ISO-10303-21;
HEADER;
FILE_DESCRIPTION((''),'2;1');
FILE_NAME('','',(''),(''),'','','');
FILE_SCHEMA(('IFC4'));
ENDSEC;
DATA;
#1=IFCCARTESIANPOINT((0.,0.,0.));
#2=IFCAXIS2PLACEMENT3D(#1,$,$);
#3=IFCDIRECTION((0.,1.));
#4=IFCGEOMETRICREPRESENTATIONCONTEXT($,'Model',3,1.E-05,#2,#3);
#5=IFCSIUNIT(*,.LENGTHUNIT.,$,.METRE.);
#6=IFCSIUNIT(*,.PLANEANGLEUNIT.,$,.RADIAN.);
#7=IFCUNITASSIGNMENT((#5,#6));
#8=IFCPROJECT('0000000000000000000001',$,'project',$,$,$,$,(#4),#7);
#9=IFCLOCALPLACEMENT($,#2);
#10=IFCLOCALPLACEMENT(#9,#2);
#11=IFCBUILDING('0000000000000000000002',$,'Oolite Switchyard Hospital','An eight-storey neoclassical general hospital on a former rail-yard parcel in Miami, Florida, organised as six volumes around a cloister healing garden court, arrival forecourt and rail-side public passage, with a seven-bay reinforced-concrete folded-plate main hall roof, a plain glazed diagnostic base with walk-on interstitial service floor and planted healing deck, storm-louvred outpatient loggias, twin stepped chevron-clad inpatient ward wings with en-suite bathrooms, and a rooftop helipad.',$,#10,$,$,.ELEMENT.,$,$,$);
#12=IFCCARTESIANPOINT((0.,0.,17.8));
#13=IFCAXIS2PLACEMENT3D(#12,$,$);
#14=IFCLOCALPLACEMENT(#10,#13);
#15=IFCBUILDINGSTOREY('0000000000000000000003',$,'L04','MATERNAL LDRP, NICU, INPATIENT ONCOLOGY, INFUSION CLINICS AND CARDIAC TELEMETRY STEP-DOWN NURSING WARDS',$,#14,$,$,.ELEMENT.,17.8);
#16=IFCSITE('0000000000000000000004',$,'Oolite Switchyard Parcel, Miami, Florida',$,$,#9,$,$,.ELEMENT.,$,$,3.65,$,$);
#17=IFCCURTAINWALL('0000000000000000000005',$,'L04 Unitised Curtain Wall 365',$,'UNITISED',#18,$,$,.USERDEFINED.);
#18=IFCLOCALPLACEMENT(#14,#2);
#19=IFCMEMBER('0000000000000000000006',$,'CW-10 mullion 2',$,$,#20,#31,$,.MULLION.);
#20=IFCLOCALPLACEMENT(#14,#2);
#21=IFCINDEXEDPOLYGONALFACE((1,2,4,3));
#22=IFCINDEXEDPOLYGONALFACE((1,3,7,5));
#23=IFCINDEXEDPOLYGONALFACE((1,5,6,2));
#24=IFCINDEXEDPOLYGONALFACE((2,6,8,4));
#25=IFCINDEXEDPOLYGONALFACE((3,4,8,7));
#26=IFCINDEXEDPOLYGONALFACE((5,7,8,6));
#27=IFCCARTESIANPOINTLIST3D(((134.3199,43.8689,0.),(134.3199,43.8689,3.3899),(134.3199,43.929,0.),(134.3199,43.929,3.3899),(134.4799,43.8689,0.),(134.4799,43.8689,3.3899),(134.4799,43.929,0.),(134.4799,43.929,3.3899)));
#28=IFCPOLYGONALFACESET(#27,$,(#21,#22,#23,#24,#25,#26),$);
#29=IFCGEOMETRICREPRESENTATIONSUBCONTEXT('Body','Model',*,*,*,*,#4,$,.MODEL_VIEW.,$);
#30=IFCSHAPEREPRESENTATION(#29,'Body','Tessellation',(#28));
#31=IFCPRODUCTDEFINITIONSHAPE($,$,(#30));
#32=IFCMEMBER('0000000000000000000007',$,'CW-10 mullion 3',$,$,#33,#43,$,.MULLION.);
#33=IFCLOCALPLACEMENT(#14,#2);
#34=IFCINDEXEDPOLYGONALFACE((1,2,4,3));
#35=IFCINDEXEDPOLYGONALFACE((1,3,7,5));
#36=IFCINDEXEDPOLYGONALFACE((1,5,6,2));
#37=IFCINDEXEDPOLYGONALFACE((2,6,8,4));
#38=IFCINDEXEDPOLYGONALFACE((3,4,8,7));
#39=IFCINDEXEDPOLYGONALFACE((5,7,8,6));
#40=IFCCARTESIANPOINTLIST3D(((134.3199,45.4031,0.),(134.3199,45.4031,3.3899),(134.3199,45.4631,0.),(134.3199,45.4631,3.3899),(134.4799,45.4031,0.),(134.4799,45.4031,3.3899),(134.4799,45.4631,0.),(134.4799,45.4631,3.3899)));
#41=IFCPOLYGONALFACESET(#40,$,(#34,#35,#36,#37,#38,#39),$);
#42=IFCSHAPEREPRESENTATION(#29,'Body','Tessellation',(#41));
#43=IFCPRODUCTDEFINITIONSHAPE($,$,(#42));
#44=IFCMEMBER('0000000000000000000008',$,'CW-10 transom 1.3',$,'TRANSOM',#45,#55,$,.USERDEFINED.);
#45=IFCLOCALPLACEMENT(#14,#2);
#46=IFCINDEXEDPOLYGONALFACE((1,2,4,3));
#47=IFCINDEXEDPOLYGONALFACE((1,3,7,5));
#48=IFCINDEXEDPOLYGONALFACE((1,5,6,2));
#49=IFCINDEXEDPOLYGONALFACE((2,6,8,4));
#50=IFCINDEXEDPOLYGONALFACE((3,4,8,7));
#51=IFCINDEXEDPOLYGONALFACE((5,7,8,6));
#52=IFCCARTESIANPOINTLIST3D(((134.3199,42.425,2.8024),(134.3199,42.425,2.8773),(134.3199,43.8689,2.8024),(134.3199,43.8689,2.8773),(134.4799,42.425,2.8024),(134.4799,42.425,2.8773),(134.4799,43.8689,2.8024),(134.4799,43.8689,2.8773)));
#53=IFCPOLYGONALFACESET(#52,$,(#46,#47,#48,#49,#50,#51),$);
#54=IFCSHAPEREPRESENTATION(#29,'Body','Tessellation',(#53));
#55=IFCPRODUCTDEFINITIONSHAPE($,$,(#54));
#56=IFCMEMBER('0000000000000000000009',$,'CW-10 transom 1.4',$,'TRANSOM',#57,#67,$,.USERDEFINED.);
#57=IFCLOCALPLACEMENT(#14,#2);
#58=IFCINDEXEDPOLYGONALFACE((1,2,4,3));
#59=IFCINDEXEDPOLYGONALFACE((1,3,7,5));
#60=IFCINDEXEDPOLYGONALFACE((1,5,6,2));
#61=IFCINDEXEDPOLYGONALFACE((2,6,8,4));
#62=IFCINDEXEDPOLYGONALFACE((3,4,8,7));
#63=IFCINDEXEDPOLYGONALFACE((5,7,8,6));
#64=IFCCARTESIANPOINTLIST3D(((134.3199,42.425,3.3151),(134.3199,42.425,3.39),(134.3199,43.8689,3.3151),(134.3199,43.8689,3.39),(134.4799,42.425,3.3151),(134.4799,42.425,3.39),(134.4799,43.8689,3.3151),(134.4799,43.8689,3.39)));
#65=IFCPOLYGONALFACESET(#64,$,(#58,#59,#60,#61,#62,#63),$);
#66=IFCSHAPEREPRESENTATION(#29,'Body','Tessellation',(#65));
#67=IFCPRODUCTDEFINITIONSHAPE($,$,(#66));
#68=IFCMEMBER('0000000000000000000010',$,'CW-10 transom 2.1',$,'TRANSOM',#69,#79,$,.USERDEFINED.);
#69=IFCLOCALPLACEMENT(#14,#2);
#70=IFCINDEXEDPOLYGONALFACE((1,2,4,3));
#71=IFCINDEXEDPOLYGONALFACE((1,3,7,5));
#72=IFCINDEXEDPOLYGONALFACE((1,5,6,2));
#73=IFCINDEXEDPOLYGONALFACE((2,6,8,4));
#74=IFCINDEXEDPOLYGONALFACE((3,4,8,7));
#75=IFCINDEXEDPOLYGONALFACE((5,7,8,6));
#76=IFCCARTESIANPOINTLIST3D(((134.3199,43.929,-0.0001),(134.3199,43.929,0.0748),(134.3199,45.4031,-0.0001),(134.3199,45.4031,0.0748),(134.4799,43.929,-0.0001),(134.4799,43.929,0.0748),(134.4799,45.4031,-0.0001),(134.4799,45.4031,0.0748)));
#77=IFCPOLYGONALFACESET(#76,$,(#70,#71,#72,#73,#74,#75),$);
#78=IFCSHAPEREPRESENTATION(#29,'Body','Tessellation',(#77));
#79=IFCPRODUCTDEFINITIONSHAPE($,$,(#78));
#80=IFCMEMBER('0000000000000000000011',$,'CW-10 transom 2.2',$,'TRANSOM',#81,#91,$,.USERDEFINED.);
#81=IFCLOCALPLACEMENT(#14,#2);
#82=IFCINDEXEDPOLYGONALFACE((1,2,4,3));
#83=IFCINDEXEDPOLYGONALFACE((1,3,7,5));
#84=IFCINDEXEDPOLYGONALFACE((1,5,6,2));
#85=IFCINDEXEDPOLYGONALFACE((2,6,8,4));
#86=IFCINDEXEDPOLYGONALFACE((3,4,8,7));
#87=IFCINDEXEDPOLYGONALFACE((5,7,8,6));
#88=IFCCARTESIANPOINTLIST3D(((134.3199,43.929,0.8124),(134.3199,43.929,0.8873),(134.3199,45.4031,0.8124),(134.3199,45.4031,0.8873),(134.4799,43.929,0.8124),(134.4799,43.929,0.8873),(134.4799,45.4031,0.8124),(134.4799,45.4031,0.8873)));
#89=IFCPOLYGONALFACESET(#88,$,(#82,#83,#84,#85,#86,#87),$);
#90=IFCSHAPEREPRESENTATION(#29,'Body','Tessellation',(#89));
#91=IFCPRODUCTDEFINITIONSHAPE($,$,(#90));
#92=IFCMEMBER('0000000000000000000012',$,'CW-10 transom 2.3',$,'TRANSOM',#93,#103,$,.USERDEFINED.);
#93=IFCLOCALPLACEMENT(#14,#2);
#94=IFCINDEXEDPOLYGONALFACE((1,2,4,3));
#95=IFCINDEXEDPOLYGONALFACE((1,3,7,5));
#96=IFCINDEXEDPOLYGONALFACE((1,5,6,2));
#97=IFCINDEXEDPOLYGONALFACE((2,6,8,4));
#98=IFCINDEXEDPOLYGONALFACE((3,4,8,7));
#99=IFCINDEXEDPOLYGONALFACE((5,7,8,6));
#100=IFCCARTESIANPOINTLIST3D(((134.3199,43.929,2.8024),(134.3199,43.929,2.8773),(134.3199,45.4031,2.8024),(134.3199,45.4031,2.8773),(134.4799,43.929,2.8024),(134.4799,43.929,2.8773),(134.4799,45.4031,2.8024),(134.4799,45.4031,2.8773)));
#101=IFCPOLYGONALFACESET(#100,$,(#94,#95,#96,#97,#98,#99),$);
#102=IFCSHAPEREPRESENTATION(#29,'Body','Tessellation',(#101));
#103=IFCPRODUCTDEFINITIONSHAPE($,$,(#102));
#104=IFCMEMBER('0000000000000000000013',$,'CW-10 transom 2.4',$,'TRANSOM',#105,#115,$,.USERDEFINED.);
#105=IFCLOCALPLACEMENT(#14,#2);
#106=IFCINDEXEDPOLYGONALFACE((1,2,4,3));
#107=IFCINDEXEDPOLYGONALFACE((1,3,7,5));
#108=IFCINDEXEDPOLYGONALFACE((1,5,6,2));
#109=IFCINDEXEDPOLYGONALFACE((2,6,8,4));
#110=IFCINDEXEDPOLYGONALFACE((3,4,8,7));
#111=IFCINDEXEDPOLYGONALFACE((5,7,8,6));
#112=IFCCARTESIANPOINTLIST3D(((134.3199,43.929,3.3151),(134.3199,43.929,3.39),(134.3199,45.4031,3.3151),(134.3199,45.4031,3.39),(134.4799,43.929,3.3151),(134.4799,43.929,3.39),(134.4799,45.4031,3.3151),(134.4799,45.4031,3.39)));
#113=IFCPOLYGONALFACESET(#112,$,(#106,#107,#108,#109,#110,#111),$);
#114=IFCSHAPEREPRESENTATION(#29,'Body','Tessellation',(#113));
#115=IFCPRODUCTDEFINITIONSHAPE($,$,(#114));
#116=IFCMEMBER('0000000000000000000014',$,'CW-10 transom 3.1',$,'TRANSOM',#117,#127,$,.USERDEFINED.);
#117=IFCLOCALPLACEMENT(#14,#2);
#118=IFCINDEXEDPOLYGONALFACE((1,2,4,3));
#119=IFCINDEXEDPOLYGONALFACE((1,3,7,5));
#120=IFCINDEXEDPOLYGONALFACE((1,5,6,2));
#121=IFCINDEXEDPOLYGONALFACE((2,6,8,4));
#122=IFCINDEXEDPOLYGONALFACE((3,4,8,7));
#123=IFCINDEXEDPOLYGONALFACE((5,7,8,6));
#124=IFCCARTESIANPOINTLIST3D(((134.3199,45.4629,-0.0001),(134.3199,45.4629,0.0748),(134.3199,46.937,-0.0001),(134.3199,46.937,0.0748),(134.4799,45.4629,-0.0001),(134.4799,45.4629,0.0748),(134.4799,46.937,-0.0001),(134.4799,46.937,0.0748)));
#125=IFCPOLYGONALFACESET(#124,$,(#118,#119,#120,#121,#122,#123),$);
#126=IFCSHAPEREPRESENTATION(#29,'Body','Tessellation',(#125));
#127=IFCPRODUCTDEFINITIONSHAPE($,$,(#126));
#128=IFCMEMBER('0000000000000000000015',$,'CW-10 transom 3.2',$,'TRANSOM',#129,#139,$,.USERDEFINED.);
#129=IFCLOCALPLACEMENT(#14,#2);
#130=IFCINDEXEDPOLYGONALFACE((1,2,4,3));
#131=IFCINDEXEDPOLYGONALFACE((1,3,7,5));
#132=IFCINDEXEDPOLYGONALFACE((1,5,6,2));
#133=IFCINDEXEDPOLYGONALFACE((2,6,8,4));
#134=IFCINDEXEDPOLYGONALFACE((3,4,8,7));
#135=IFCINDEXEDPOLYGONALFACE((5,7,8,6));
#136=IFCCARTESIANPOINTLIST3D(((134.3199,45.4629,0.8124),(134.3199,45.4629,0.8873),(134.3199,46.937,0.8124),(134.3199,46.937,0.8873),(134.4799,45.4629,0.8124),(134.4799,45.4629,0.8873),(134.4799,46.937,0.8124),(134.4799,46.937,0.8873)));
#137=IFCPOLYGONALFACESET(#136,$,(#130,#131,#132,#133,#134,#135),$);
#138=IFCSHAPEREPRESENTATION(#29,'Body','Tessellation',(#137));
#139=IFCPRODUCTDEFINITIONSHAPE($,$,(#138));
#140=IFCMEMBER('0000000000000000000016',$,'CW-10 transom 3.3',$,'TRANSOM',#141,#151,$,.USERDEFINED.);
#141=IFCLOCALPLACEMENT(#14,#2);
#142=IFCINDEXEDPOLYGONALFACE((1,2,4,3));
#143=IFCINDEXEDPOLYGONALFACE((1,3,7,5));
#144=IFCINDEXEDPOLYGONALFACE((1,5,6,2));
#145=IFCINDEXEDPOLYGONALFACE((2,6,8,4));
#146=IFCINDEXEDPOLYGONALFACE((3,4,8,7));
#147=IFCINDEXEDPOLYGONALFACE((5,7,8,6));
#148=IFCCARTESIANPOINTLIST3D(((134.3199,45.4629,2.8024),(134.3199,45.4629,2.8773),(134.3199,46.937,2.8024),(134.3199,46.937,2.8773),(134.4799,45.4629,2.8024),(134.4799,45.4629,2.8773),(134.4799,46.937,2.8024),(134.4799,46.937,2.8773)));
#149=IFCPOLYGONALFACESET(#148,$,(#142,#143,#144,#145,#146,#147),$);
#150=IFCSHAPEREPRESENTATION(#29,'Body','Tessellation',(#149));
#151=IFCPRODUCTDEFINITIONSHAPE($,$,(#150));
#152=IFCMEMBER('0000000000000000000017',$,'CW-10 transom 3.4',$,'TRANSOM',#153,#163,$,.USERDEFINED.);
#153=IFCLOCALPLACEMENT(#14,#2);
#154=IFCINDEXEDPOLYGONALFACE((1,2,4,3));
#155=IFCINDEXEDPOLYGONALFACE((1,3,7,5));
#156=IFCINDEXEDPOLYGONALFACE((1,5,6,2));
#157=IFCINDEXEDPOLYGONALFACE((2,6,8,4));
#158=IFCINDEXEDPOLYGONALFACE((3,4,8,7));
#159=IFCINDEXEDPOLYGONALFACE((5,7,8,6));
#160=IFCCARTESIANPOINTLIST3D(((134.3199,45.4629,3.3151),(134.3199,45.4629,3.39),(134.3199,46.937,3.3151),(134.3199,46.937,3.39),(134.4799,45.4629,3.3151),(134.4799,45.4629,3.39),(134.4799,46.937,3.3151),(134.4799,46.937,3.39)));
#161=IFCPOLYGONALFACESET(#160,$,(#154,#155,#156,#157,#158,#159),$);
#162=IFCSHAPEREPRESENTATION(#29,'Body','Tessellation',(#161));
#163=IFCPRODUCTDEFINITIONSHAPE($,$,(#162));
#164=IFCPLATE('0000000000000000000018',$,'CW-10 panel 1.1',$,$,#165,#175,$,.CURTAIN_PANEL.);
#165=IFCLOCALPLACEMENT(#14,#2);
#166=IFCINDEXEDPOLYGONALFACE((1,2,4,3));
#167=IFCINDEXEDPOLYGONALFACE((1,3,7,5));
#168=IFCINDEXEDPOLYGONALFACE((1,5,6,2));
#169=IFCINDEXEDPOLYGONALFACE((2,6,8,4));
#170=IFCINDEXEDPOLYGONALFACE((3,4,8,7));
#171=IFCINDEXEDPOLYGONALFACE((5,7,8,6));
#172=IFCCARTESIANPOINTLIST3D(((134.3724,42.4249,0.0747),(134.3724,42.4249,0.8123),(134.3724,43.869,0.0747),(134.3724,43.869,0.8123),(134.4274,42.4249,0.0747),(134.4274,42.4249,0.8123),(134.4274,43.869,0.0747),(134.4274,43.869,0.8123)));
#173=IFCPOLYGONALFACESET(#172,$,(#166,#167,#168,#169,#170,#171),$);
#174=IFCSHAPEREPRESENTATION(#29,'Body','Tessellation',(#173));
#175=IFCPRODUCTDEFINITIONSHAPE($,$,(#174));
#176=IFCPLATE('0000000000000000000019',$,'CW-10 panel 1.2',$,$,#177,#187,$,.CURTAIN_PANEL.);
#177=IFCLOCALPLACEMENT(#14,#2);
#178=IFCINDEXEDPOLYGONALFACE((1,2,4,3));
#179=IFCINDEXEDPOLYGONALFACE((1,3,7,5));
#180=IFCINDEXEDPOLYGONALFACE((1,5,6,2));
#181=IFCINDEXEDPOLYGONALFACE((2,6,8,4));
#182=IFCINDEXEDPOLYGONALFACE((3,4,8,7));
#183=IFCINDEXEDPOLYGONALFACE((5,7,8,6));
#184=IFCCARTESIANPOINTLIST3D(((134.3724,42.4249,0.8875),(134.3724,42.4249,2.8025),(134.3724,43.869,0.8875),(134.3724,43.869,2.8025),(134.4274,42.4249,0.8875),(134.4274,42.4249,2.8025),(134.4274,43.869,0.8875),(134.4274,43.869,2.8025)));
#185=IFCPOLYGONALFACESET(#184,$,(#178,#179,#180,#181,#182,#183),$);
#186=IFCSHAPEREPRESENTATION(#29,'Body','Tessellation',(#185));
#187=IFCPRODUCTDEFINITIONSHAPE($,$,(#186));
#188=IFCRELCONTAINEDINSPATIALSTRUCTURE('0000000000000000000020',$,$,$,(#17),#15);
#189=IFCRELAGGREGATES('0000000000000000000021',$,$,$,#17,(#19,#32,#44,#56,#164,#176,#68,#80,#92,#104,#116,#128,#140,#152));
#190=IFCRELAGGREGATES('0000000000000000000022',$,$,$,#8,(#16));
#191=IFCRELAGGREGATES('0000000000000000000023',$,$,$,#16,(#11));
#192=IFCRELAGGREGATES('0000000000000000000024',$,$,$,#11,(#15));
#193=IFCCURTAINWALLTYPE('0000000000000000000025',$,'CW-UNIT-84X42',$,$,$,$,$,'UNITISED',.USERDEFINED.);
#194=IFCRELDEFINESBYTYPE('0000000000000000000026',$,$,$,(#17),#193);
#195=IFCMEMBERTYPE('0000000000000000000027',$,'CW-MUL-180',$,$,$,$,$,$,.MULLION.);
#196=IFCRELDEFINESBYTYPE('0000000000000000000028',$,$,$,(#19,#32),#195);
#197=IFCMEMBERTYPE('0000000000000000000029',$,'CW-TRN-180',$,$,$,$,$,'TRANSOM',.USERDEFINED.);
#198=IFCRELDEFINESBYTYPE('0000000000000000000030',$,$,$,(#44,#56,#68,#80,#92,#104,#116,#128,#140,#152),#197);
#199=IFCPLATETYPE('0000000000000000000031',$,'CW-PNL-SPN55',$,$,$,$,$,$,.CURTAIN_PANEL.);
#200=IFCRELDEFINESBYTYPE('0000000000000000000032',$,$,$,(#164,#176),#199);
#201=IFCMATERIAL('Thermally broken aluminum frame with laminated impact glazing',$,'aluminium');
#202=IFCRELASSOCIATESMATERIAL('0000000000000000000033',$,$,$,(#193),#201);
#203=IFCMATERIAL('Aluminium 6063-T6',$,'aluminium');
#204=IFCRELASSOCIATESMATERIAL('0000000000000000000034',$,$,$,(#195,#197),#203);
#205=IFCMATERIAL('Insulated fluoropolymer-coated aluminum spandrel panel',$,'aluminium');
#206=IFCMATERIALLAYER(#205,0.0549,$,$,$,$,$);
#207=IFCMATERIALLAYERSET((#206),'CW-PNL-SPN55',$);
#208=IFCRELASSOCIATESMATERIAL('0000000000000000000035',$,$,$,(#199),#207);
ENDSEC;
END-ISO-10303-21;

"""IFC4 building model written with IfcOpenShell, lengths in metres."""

from ifc_helpers import new_model, si_unit, direction, frame, origin, origin_2d, place, context, subcontext, project, spatial, rectangle, extrude, material, layer, layer_set, material_profile, profile_set, type_object, element, aggregate, save


model = new_model("IFC4")

# Units and contexts
model_context = context("Model", 3, precision=1e-05, world=origin(), true_north=direction((0.0, 1.0)))
body_context = subcontext(model_context, "Body", "Model", "MODEL_VIEW")
ifc_project = project(units=[si_unit("LENGTHUNIT", "METRE"), si_unit("PLANEANGLEUNIT", "RADIAN")], contexts=[model_context])

# Site, building, storey
site_placement = place(None, origin())
site = spatial("IfcSite", under=ifc_project, at=site_placement, Name="Oolite Switchyard Parcel, Miami, Florida", CompositionType="ELEMENT", RefElevation=3.65)
building_placement = place(site_placement, origin())
building = spatial("IfcBuilding", under=site, at=building_placement, Name="Oolite Switchyard Hospital", Description="An eight-storey neoclassical general hospital on a former rail-yard parcel in Miami, Florida, organised as six volumes around a cloister healing garden court, arrival forecourt and rail-side public passage, with a seven-bay reinforced-concrete folded-plate main hall roof, a plain glazed diagnostic base with walk-on interstitial service floor and planted healing deck, storm-louvred outpatient loggias, twin stepped chevron-clad inpatient ward wings with en-suite bathrooms, and a rooftop helipad.", CompositionType="ELEMENT")
storey_placement = place(building_placement, frame((0.0, 0.0, 17.8)))
storey = spatial("IfcBuildingStorey", under=building, at=storey_placement, Name="L04", Description="MATERNAL LDRP, NICU, INPATIENT ONCOLOGY, INFUSION CLINICS AND CARDIAC TELEMETRY STEP-DOWN NURSING WARDS", CompositionType="ELEMENT", Elevation=17.8)

# Curtain wall, members, plates
ifc_material_1 = material(Name="Thermally broken aluminum frame with laminated impact glazing", Category="aluminium")
curtain_wall_type = type_object("IfcCurtainWallType", Name="CW-UNIT-84X42", ElementType="UNITISED", PredefinedType="USERDEFINED", material=ifc_material_1)
curtain_wall_placement = place(storey_placement, origin())
curtain_wall = element("IfcCurtainWall", 1, at=curtain_wall_placement, inside=storey, type_object=curtain_wall_type, Name="L04 Unitised Curtain Wall 365", ObjectType="UNITISED", PredefinedType="USERDEFINED")
ifc_material_2 = material(Name="Aluminium 6063-T6", Category="aluminium")
ifc_material_profile_1 = material_profile(ifc_material_2, rectangle(XDim=0.1599, YDim=0.0601, at=origin_2d()), Name="CWM60X160")
ifc_profile_set_1 = profile_set([ifc_material_profile_1], Name="Aluminium 6063-T6")
member_type_1 = type_object("IfcMemberType", Name="CW-MUL-180", PredefinedType="MULLION", material=ifc_profile_set_1)
member_1_placement = place(storey_placement, frame((134.3999, 43.8989, 0.0), z_axis=(0.0, 0.0, 1.0), x_axis=(-1.0, 0.0, 0.0)))
member_1 = element("IfcMember", 2, at=member_1_placement, type_object=member_type_1, Name="CW-10 mullion 2", PredefinedType="MULLION", context=body_context, shape_type="SweptSolid", body=[
    extrude(rectangle(XDim=0.1599, YDim=0.0601, at=origin_2d()), origin(), (0.0, 0.0, 1.0), 3.3899),
])
member_2_placement = place(storey_placement, frame((134.3999, 45.4331, 0.0), z_axis=(0.0, 0.0, 1.0), x_axis=(-1.0, 0.0, 0.0)))
member_2 = element("IfcMember", 3, at=member_2_placement, type_object=member_type_1, Name="CW-10 mullion 3", PredefinedType="MULLION", context=body_context, shape_type="SweptSolid", body=[
    extrude(rectangle(XDim=0.1599, YDim=0.0601, at=origin_2d()), origin(), (0.0, 0.0, 1.0), 3.3899),
])
ifc_material_profile_2 = material_profile(ifc_material_2, rectangle(XDim=0.1599, YDim=0.075, at=origin_2d()), Name="CWT75X160")
ifc_profile_set_2 = profile_set([ifc_material_profile_2], Name="Aluminium 6063-T6")
member_type_2 = type_object("IfcMemberType", Name="CW-TRN-180", ElementType="TRANSOM", PredefinedType="USERDEFINED", material=ifc_profile_set_2)
member_3_placement = place(storey_placement, frame((134.3999, 42.425, 2.8398), z_axis=(0.0, 1.0, 0.0), x_axis=(-1.0, 0.0, 0.0)))
member_3 = element("IfcMember", 4, at=member_3_placement, type_object=member_type_2, Name="CW-10 transom 1.3", ObjectType="TRANSOM", PredefinedType="USERDEFINED", context=body_context, shape_type="SweptSolid", body=[
    extrude(rectangle(XDim=0.1599, YDim=0.075, at=origin_2d()), origin(), (0.0, 0.0, 1.0), 1.4438),
])
member_4_placement = place(storey_placement, frame((134.3999, 42.425, 3.3525), z_axis=(0.0, 1.0, 0.0), x_axis=(-1.0, 0.0, 0.0)))
member_4 = element("IfcMember", 5, at=member_4_placement, type_object=member_type_2, Name="CW-10 transom 1.4", ObjectType="TRANSOM", PredefinedType="USERDEFINED", context=body_context, shape_type="SweptSolid", body=[
    extrude(rectangle(XDim=0.1599, YDim=0.075, at=origin_2d()), origin(), (0.0, 0.0, 1.0), 1.4438),
])
member_5_placement = place(storey_placement, frame((134.3999, 43.929, 0.0374), z_axis=(0.0, 1.0, 0.0), x_axis=(-1.0, 0.0, 0.0)))
member_5 = element("IfcMember", 6, at=member_5_placement, type_object=member_type_2, Name="CW-10 transom 2.1", ObjectType="TRANSOM", PredefinedType="USERDEFINED", context=body_context, shape_type="SweptSolid", body=[
    extrude(rectangle(XDim=0.1599, YDim=0.075, at=origin_2d()), origin(), (0.0, 0.0, 1.0), 1.4741),
])
member_6_placement = place(storey_placement, frame((134.3999, 43.929, 0.8499), z_axis=(0.0, 1.0, 0.0), x_axis=(-1.0, 0.0, 0.0)))
member_6 = element("IfcMember", 7, at=member_6_placement, type_object=member_type_2, Name="CW-10 transom 2.2", ObjectType="TRANSOM", PredefinedType="USERDEFINED", context=body_context, shape_type="SweptSolid", body=[
    extrude(rectangle(XDim=0.1599, YDim=0.075, at=origin_2d()), origin(), (0.0, 0.0, 1.0), 1.4741),
])
member_7_placement = place(storey_placement, frame((134.3999, 43.929, 2.8398), z_axis=(0.0, 1.0, 0.0), x_axis=(-1.0, 0.0, 0.0)))
member_7 = element("IfcMember", 8, at=member_7_placement, type_object=member_type_2, Name="CW-10 transom 2.3", ObjectType="TRANSOM", PredefinedType="USERDEFINED", context=body_context, shape_type="SweptSolid", body=[
    extrude(rectangle(XDim=0.1599, YDim=0.075, at=origin_2d()), origin(), (0.0, 0.0, 1.0), 1.4741),
])
member_8_placement = place(storey_placement, frame((134.3999, 43.929, 3.3525), z_axis=(0.0, 1.0, 0.0), x_axis=(-1.0, 0.0, 0.0)))
member_8 = element("IfcMember", 9, at=member_8_placement, type_object=member_type_2, Name="CW-10 transom 2.4", ObjectType="TRANSOM", PredefinedType="USERDEFINED", context=body_context, shape_type="SweptSolid", body=[
    extrude(rectangle(XDim=0.1599, YDim=0.075, at=origin_2d()), origin(), (0.0, 0.0, 1.0), 1.4741),
])
member_9_placement = place(storey_placement, frame((134.3999, 45.4629, 0.0374), z_axis=(0.0, 1.0, 0.0), x_axis=(-1.0, 0.0, 0.0)))
member_9 = element("IfcMember", 10, at=member_9_placement, type_object=member_type_2, Name="CW-10 transom 3.1", ObjectType="TRANSOM", PredefinedType="USERDEFINED", context=body_context, shape_type="SweptSolid", body=[
    extrude(rectangle(XDim=0.1599, YDim=0.075, at=origin_2d()), origin(), (0.0, 0.0, 1.0), 1.4741),
])
member_10_placement = place(storey_placement, frame((134.3999, 45.4629, 0.8499), z_axis=(0.0, 1.0, 0.0), x_axis=(-1.0, 0.0, 0.0)))
member_10 = element("IfcMember", 11, at=member_10_placement, type_object=member_type_2, Name="CW-10 transom 3.2", ObjectType="TRANSOM", PredefinedType="USERDEFINED", context=body_context, shape_type="SweptSolid", body=[
    extrude(rectangle(XDim=0.1599, YDim=0.075, at=origin_2d()), origin(), (0.0, 0.0, 1.0), 1.4741),
])
member_11_placement = place(storey_placement, frame((134.3999, 45.4629, 2.8398), z_axis=(0.0, 1.0, 0.0), x_axis=(-1.0, 0.0, 0.0)))
member_11 = element("IfcMember", 12, at=member_11_placement, type_object=member_type_2, Name="CW-10 transom 3.3", ObjectType="TRANSOM", PredefinedType="USERDEFINED", context=body_context, shape_type="SweptSolid", body=[
    extrude(rectangle(XDim=0.1599, YDim=0.075, at=origin_2d()), origin(), (0.0, 0.0, 1.0), 1.4741),
])
member_12_placement = place(storey_placement, frame((134.3999, 45.4629, 3.3525), z_axis=(0.0, 1.0, 0.0), x_axis=(-1.0, 0.0, 0.0)))
member_12 = element("IfcMember", 13, at=member_12_placement, type_object=member_type_2, Name="CW-10 transom 3.4", ObjectType="TRANSOM", PredefinedType="USERDEFINED", context=body_context, shape_type="SweptSolid", body=[
    extrude(rectangle(XDim=0.1599, YDim=0.075, at=origin_2d()), origin(), (0.0, 0.0, 1.0), 1.4741),
])
ifc_material_3 = material(Name="Insulated fluoropolymer-coated aluminum spandrel panel", Category="aluminium")
ifc_layer = layer(ifc_material_3, 0.0549)
ifc_layer_set = layer_set([ifc_layer], Name="CW-PNL-SPN55")
plate_type = type_object("IfcPlateType", Name="CW-PNL-SPN55", PredefinedType="CURTAIN_PANEL", material=ifc_layer_set)
plate_1_placement = place(storey_placement, frame((134.3999, 43.147, 0.0747), z_axis=(0.0, 0.0, 1.0), x_axis=(0.0, 1.0, 0.0)))
plate_1 = element("IfcPlate", 14, at=plate_1_placement, type_object=plate_type, Name="CW-10 panel 1.1", PredefinedType="CURTAIN_PANEL", context=body_context, shape_type="SweptSolid", body=[
    extrude(rectangle(XDim=1.4441, YDim=0.0549, at=origin_2d()), origin(), (0.0, 0.0, 1.0), 0.7375),
])
plate_2_placement = place(storey_placement, frame((134.3999, 43.147, 0.8875), z_axis=(0.0, 0.0, 1.0), x_axis=(0.0, 1.0, 0.0)))
plate_2 = element("IfcPlate", 15, at=plate_2_placement, type_object=plate_type, Name="CW-10 panel 1.2", PredefinedType="CURTAIN_PANEL", context=body_context, shape_type="SweptSolid", body=[
    extrude(rectangle(XDim=1.4441, YDim=0.0549, at=origin_2d()), origin(), (0.0, 0.0, 1.0), 1.915),
])
aggregate(curtain_wall, [member_1, member_2, member_3, member_4, plate_1, plate_2, member_5, member_6, member_7, member_8, member_9, member_10, member_11, member_12])

save(model, "model.ifc")
